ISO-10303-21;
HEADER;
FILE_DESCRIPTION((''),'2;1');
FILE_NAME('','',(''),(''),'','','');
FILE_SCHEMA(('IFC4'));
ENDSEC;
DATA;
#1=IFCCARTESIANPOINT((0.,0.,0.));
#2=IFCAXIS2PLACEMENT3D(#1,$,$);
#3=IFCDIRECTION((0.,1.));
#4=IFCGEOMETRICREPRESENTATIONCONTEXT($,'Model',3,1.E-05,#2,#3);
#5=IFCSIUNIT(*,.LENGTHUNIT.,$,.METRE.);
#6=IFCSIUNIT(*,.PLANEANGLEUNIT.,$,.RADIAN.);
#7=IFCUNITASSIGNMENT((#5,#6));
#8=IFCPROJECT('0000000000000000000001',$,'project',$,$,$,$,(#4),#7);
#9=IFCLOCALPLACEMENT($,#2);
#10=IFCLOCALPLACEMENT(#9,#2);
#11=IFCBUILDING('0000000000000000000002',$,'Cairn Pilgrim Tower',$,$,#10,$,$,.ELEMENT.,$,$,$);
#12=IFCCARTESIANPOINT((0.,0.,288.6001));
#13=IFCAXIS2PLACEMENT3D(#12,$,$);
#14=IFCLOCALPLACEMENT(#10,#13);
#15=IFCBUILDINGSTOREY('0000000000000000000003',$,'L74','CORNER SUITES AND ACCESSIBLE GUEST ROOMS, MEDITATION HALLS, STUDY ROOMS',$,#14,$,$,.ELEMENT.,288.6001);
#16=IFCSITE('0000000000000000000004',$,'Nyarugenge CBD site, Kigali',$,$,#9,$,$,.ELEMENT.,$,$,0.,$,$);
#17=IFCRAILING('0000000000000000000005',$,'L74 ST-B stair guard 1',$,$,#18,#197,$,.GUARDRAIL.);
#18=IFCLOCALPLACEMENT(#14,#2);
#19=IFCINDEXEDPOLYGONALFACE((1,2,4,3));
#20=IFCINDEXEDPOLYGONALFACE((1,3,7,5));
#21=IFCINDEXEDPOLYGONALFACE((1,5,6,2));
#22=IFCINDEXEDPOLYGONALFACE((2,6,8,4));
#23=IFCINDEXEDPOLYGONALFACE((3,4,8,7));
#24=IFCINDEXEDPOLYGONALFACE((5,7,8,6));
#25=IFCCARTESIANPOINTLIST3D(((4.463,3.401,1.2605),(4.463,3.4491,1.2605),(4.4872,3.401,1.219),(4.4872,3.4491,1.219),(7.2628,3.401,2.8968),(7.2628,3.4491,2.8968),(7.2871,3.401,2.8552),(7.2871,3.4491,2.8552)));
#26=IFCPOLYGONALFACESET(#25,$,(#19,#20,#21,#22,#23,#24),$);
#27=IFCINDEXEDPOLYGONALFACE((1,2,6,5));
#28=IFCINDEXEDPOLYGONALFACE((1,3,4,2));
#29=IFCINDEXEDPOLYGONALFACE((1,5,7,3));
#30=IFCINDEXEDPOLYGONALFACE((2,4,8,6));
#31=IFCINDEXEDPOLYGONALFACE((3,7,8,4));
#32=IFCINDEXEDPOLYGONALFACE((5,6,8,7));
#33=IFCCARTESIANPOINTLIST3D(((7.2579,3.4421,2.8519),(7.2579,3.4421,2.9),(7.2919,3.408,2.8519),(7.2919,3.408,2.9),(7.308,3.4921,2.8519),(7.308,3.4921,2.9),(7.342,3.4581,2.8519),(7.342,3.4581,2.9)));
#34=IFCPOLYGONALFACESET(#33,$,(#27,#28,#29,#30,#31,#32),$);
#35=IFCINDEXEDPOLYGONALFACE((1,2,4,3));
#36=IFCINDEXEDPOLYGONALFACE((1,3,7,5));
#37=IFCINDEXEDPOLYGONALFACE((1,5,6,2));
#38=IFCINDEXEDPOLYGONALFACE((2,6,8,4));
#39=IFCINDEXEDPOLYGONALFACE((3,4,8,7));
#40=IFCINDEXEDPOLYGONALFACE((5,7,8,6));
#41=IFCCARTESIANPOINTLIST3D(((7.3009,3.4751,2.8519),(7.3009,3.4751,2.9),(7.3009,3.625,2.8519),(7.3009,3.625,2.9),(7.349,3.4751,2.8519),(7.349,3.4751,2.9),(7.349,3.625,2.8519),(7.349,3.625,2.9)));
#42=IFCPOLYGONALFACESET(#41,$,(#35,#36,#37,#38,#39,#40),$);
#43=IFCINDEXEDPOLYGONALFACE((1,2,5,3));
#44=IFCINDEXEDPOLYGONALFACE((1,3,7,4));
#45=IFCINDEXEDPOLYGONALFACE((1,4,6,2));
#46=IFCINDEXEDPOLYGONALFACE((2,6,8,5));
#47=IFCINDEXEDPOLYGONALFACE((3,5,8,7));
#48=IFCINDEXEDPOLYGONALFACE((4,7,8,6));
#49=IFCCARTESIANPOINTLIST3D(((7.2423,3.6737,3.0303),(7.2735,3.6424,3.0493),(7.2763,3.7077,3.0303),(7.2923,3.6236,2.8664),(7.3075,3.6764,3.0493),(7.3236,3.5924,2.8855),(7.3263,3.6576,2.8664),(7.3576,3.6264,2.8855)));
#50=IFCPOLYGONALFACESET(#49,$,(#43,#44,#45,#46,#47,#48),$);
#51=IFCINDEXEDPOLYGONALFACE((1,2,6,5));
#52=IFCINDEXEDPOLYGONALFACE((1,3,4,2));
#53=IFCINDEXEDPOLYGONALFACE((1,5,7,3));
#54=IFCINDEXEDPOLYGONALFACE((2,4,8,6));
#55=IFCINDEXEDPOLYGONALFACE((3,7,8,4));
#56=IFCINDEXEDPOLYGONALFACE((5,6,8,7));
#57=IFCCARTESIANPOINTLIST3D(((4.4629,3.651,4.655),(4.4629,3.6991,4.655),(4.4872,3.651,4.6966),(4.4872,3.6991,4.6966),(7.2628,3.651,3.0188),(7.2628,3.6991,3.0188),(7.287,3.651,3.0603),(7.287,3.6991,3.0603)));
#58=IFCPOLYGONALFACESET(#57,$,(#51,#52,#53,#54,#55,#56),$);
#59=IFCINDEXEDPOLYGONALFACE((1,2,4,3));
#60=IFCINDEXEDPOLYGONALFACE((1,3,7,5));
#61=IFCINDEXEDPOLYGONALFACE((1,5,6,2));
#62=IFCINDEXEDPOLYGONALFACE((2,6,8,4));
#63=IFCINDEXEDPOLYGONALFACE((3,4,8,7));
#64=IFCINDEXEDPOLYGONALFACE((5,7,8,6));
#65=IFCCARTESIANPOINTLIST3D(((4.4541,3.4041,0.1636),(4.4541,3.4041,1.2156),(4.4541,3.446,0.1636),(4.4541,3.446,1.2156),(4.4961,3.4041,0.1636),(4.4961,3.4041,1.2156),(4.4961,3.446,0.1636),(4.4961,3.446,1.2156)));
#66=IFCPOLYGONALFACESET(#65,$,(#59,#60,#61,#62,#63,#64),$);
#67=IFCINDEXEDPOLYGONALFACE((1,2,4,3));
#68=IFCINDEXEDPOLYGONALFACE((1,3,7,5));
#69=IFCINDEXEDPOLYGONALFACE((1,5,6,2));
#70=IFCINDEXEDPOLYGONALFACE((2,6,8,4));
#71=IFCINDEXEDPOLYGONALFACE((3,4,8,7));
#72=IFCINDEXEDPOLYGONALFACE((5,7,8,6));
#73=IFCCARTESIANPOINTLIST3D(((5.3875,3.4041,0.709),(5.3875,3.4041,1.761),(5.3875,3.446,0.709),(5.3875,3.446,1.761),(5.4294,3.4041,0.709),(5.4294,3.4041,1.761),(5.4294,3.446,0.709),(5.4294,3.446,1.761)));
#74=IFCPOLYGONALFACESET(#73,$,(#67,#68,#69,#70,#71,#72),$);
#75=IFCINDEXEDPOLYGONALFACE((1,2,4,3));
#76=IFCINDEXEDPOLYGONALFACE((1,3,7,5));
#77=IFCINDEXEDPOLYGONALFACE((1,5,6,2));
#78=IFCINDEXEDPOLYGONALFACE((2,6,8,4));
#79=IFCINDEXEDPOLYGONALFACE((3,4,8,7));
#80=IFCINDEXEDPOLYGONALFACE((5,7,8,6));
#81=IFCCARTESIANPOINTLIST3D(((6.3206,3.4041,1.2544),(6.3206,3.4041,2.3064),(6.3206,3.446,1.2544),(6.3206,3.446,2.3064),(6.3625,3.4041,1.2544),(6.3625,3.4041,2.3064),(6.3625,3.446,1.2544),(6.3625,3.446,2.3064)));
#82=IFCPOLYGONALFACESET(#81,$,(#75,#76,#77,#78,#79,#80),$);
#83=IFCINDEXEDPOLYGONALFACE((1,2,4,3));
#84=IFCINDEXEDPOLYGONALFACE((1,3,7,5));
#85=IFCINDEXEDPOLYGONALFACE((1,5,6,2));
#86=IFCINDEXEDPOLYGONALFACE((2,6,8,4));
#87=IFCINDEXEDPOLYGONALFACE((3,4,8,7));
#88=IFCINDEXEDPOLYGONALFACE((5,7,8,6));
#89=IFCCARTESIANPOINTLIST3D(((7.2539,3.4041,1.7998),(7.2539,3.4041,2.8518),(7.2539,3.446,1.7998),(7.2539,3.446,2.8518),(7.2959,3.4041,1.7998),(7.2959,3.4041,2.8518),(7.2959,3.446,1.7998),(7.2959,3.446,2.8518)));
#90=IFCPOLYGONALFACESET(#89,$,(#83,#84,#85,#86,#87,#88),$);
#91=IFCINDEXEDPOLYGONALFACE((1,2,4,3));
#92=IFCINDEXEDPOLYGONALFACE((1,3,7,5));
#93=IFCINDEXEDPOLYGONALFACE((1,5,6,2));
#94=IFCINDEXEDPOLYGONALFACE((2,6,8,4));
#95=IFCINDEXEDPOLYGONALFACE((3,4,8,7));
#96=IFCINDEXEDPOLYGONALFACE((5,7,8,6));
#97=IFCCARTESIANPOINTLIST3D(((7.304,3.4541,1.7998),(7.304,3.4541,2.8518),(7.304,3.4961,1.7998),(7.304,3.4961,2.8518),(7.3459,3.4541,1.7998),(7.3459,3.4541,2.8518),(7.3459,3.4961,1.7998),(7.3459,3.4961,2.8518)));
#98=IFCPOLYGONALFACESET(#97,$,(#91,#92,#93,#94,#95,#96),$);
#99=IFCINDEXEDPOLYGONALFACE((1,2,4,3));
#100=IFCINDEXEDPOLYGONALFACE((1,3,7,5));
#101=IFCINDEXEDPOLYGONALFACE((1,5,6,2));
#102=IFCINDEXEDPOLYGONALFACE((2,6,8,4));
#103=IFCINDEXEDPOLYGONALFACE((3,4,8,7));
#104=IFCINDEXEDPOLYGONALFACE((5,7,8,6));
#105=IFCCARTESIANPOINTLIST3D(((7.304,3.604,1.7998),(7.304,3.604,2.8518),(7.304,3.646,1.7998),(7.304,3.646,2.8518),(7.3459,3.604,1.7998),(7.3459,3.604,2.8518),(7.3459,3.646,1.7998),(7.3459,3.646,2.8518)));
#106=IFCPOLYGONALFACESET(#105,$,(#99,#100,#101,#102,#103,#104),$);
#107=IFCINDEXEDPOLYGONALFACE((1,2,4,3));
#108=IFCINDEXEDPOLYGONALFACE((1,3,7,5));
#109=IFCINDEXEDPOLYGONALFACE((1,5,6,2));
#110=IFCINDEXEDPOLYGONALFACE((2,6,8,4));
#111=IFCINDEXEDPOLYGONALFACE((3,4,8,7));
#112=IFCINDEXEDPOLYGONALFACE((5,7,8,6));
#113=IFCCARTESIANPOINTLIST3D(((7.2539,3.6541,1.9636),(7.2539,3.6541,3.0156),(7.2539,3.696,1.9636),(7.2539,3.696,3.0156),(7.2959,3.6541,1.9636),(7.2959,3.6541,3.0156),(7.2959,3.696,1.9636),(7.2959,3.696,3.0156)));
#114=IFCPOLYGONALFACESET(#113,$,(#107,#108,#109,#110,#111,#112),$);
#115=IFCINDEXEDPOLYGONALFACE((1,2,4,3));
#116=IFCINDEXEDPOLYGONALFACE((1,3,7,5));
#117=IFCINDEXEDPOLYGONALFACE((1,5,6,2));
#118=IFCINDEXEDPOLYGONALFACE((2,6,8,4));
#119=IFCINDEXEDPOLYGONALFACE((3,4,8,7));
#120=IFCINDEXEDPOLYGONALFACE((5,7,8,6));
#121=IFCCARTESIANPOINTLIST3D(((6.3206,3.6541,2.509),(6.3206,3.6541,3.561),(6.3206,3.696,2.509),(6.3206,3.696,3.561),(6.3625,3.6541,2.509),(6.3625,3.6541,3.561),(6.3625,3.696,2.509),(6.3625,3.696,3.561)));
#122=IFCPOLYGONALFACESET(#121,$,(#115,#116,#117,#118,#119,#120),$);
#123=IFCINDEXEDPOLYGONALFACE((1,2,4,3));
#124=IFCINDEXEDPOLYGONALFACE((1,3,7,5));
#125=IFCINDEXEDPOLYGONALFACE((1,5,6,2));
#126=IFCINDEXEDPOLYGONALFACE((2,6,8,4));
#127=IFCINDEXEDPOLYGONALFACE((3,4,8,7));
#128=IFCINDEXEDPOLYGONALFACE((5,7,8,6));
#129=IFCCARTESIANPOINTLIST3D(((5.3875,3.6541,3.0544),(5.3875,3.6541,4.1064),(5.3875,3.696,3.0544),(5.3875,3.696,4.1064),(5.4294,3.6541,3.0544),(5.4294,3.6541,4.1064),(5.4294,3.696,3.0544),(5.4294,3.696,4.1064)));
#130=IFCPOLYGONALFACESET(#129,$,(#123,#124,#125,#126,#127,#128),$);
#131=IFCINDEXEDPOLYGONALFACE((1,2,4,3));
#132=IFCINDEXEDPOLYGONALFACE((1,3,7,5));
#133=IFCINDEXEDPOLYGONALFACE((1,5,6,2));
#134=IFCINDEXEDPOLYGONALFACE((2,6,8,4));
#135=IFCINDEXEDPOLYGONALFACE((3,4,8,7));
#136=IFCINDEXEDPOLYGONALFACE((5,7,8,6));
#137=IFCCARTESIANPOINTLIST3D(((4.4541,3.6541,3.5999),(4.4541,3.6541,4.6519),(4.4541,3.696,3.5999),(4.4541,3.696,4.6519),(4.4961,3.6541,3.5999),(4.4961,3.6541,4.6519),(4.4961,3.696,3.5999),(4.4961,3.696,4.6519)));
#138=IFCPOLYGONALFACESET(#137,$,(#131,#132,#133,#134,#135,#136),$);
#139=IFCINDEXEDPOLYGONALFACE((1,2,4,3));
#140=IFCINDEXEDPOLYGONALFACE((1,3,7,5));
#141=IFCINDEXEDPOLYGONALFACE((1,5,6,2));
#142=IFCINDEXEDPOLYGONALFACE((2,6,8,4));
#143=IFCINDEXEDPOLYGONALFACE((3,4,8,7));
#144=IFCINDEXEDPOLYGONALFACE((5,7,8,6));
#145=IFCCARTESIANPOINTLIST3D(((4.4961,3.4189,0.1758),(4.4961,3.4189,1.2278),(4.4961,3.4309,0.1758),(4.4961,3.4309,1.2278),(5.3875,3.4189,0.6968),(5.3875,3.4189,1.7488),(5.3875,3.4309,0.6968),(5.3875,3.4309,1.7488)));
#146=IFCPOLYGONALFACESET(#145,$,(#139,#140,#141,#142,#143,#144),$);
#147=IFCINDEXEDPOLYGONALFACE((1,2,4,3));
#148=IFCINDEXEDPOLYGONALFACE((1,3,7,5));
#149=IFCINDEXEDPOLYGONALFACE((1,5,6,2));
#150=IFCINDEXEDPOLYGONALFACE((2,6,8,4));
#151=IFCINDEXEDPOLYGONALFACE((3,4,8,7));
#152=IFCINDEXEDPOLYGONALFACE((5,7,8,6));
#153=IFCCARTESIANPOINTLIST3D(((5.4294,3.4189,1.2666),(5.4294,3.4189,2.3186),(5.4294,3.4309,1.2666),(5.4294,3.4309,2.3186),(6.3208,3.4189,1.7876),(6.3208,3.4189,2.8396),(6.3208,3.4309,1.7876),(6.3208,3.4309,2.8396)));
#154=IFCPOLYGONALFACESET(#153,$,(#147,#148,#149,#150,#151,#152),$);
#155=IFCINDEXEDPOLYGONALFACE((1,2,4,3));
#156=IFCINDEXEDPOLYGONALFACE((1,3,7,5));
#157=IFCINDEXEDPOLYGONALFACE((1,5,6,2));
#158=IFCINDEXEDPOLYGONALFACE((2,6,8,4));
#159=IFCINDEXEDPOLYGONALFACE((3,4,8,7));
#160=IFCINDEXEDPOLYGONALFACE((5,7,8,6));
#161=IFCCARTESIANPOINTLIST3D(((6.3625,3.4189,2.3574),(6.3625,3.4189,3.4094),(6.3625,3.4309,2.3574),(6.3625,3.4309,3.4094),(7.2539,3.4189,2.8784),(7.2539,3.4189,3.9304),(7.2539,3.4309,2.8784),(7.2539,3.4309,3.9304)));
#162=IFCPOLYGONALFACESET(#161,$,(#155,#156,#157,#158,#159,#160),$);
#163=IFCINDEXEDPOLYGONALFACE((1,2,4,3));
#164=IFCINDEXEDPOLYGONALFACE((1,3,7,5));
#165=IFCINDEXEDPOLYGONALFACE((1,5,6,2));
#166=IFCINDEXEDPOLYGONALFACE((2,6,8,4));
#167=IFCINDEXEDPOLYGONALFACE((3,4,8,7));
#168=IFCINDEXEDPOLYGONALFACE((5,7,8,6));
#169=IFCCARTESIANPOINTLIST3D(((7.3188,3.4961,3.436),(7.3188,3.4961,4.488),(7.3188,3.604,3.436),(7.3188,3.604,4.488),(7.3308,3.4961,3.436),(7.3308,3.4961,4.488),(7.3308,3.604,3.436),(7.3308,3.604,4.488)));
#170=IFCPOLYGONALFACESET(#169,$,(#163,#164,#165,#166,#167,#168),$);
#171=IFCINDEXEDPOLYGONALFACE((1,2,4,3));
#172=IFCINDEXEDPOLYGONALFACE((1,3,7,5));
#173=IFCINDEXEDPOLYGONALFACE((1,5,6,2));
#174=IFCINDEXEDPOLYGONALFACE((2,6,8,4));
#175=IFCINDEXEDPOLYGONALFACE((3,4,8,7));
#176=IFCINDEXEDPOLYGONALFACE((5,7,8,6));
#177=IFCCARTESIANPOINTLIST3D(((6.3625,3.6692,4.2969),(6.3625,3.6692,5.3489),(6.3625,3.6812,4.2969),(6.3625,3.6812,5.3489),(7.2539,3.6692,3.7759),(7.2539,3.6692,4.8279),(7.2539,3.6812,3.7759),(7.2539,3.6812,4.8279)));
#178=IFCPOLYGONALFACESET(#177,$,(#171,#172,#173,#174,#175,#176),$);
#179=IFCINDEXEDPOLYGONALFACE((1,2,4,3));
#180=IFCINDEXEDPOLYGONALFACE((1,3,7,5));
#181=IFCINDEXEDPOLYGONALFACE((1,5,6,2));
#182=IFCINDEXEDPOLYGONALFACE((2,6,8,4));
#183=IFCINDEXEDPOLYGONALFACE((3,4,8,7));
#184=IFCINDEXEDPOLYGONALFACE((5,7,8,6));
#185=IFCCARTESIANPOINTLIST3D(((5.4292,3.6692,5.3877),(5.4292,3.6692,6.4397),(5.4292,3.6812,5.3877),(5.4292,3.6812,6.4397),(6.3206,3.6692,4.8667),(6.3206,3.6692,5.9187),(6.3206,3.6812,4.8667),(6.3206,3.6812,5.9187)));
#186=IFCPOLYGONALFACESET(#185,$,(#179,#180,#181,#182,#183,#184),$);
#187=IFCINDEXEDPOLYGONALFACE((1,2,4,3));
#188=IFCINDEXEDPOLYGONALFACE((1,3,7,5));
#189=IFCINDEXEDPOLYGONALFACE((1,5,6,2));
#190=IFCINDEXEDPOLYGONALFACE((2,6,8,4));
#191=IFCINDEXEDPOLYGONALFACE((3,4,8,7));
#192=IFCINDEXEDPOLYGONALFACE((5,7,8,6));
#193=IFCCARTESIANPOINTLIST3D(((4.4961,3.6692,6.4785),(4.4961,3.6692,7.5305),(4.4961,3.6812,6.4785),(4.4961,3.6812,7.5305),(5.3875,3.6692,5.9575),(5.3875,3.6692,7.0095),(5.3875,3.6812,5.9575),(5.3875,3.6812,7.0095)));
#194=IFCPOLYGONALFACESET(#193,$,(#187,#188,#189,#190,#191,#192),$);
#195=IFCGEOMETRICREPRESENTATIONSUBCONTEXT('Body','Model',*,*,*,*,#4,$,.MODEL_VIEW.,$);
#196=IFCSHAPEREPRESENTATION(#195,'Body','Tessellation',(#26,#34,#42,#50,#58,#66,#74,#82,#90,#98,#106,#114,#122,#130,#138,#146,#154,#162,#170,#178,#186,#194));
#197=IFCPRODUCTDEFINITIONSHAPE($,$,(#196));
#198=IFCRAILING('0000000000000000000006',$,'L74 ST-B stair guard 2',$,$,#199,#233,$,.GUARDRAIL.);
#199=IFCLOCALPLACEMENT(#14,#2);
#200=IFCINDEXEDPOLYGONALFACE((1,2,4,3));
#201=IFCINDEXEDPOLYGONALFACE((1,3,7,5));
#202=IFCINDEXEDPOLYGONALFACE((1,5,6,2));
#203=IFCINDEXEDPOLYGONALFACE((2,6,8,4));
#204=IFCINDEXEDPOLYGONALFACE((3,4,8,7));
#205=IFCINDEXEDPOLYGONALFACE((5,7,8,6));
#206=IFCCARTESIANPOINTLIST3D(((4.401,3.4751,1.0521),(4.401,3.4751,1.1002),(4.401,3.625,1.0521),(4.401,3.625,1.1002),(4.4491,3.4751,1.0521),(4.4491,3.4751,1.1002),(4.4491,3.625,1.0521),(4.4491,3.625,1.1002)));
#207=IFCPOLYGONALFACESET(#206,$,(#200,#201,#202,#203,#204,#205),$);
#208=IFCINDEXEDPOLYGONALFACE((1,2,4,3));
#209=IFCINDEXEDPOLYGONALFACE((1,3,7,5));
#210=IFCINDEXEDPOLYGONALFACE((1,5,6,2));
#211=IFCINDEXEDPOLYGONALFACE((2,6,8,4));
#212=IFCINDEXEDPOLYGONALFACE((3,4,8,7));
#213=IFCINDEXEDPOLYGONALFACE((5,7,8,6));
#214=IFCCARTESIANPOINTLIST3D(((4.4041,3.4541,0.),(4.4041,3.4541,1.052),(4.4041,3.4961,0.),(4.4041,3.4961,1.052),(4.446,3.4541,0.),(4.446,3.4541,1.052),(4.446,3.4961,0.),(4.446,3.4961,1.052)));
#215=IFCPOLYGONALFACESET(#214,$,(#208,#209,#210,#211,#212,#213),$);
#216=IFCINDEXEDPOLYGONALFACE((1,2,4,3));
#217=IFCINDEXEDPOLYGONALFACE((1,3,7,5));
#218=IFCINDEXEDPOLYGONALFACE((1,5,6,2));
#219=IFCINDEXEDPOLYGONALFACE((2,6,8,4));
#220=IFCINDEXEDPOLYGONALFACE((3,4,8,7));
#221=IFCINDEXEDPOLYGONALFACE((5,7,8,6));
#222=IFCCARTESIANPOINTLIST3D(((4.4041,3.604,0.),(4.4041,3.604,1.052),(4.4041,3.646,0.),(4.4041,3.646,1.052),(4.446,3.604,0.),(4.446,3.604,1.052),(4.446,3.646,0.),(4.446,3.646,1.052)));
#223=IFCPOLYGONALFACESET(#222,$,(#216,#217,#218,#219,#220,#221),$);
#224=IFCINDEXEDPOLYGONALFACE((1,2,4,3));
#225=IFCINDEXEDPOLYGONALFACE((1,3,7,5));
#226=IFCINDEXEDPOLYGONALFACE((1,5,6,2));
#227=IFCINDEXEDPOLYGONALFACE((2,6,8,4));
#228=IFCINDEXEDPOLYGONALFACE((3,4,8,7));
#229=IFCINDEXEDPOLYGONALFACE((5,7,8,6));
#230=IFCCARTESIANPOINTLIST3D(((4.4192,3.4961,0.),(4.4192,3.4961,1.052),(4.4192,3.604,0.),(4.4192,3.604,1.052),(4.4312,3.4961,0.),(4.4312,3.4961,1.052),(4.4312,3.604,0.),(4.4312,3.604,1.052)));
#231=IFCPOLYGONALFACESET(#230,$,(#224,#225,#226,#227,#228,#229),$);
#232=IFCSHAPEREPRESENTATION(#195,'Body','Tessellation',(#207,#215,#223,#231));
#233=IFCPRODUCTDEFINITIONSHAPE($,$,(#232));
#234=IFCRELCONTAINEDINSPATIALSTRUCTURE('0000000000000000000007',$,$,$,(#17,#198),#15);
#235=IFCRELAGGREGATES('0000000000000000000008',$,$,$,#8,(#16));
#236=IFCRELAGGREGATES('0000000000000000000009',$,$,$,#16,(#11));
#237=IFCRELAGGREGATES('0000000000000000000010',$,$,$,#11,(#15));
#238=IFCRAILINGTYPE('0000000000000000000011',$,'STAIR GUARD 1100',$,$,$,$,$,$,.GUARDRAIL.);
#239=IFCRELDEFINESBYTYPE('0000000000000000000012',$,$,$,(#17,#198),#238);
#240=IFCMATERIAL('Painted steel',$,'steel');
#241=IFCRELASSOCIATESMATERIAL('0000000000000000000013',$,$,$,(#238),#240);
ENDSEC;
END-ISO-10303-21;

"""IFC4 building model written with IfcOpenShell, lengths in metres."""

from ifc_helpers import new_model, si_unit, direction, frame, origin, origin_2d, place, context, subcontext, project, spatial, polyline, rectangle, outline, extrude, material, type_object, element, save


model = new_model("IFC4")

# Units and contexts
model_context = context("Model", 3, precision=1e-05, world=origin(), true_north=direction((0.0, 1.0)))
body_context = subcontext(model_context, "Body", "Model", "MODEL_VIEW")
ifc_project = project(units=[si_unit("LENGTHUNIT", "METRE"), si_unit("PLANEANGLEUNIT", "RADIAN")], contexts=[model_context])

# Site, building, storey
site_placement = place(None, origin())
site = spatial("IfcSite", under=ifc_project, at=site_placement, Name="Nyarugenge CBD site, Kigali", CompositionType="ELEMENT", RefElevation=0.0)
building_placement = place(site_placement, origin())
building = spatial("IfcBuilding", under=site, at=building_placement, Name="Cairn Pilgrim Tower", CompositionType="ELEMENT")
storey_placement = place(building_placement, frame((0.0, 0.0, 288.6001)))
storey = spatial("IfcBuildingStorey", under=building, at=storey_placement, Name="L74", Description="CORNER SUITES AND ACCESSIBLE GUEST ROOMS, MEDITATION HALLS, STUDY ROOMS", CompositionType="ELEMENT", Elevation=288.6001)

# Shared definitions
ifc_material_1 = material(Name="Painted steel", Category="steel")

# Railings
railing_type_1 = type_object("IfcRailingType", Name="STAIR GUARD 1100", PredefinedType="GUARDRAIL", material=ifc_material_1)
railing_1_placement = place(storey_placement, frame((4.4751, 3.425, 0.1636)))
element("IfcRailing", 1, at=railing_1_placement, inside=storey, type_object=railing_type_1, Name="L74 ST-B stair guard 1", PredefinedType="GUARDRAIL", context=body_context, shape_type="SweptSolid", body=[
    extrude(rectangle(XDim=0.0481, YDim=0.0481, at=origin_2d()), frame((0.0, 0.0, 1.0762), z_axis=(0.863374, 0.0, 0.504564), x_axis=(0.0, 1.0, 0.0)), (0.0, 0.0, 1.0), 3.2429),
    extrude(rectangle(XDim=0.0481, YDim=0.0481, at=origin_2d()), frame((2.7998, 0.0, 2.7124), z_axis=(0.707107, 0.707107, 0.0), x_axis=(-0.707107, 0.707107, 0.0)), (0.0, 0.0, 1.0), 0.0708),
    extrude(rectangle(XDim=0.0481, YDim=0.0481, at=origin_2d()), frame((2.8499, 0.05, 2.7124), z_axis=(0.0, 1.0, 0.0), x_axis=(-1.0, 0.0, 0.0)), (0.0, 0.0, 1.0), 0.1499),
    extrude(rectangle(XDim=0.0481, YDim=0.0481, at=origin_2d()), frame((2.8499, 0.2, 2.7124), z_axis=(-0.280456, 0.280456, 0.917981), x_axis=(-0.707107, -0.707107, 0.0)), (0.0, 0.0, 1.0), 0.1785),
    extrude(rectangle(XDim=0.0481, YDim=0.0481, at=origin_2d()), frame((2.7998, 0.25, 2.876), z_axis=(-0.863374, 0.0, 0.504564), x_axis=(0.0, -1.0, 0.0)), (0.0, 0.0, 1.0), 3.2429),
    extrude(rectangle(XDim=0.042, YDim=0.042, at=origin_2d()), origin(), (0.0, 0.0, 1.0), 1.052),
    extrude(rectangle(XDim=0.042, YDim=0.042, at=origin_2d()), frame((0.9333, 0.0, 0.5454)), (0.0, 0.0, 1.0), 1.052),
    extrude(rectangle(XDim=0.042, YDim=0.042, at=origin_2d()), frame((1.8665, 0.0, 1.0908)), (0.0, 0.0, 1.0), 1.052),
    extrude(rectangle(XDim=0.042, YDim=0.042, at=origin_2d()), frame((2.7998, 0.0, 1.6362)), (0.0, 0.0, 1.0), 1.052),
    extrude(rectangle(XDim=0.042, YDim=0.042, at=origin_2d()), frame((2.8499, 0.05, 1.6362)), (0.0, 0.0, 1.0), 1.052),
    extrude(rectangle(XDim=0.042, YDim=0.042, at=origin_2d()), frame((2.8499, 0.2, 1.6362)), (0.0, 0.0, 1.0), 1.052),
    extrude(rectangle(XDim=0.042, YDim=0.042, at=origin_2d()), frame((2.7998, 0.25, 1.8)), (0.0, 0.0, 1.0), 1.052),
    extrude(rectangle(XDim=0.042, YDim=0.042, at=origin_2d()), frame((1.8665, 0.25, 2.3455)), (0.0, 0.0, 1.0), 1.052),
    extrude(rectangle(XDim=0.042, YDim=0.042, at=origin_2d()), frame((0.9333, 0.25, 2.8909)), (0.0, 0.0, 1.0), 1.052),
    extrude(rectangle(XDim=0.042, YDim=0.042, at=origin_2d()), frame((0.0, 0.25, 3.4363)), (0.0, 0.0, 1.0), 1.052),
    extrude(outline(polyline([(0.021, 0.0122), (0.9124, 0.5332), (0.9124, 1.5852), (0.021, 1.0642), (0.021, 0.0122)])), frame((0.0, 0.0059, 0.0), z_axis=(0.0, -1.0, 0.0), x_axis=(1.0, 0.0, 0.0)), (0.0, 0.0, 1.0), 0.012),
    extrude(outline(polyline([(0.021, 0.5576), (0.9124, 1.0786), (0.9124, 2.1306), (0.021, 1.6096), (0.021, 0.5576)])), frame((0.9333, 0.0059, 0.5454), z_axis=(0.0, -1.0, 0.0), x_axis=(1.0, 0.0, 0.0)), (0.0, 0.0, 1.0), 0.012),
    extrude(outline(polyline([(0.021, 1.103), (0.9124, 1.624), (0.9124, 2.676), (0.021, 2.155), (0.021, 1.103)])), frame((1.8665, 0.0059, 1.0908), z_axis=(0.0, -1.0, 0.0), x_axis=(1.0, 0.0, 0.0)), (0.0, 0.0, 1.0), 0.012),
    extrude(outline(polyline([(0.021, 1.6362), (0.1289, 1.6362), (0.1289, 2.6882), (0.021, 2.6882), (0.021, 1.6362)])), frame((2.8438, 0.05, 1.6362), z_axis=(1.0, 0.0, 0.0), x_axis=(0.0, 1.0, 0.0)), (0.0, 0.0, 1.0), 0.012),
    extrude(outline(polyline([(0.021, 1.8123), (0.9124, 2.3333), (0.9124, 3.3853), (0.021, 2.8643), (0.021, 1.8123)])), frame((2.7998, 0.2441, 1.8), z_axis=(0.0, 1.0, 0.0), x_axis=(-1.0, 0.0, 0.0)), (0.0, 0.0, 1.0), 0.012),
    extrude(outline(polyline([(0.021, 2.3577), (0.9124, 2.8787), (0.9124, 3.9307), (0.021, 3.4097), (0.021, 2.3577)])), frame((1.8665, 0.2441, 2.3455), z_axis=(0.0, 1.0, 0.0), x_axis=(-1.0, 0.0, 0.0)), (0.0, 0.0, 1.0), 0.012),
    extrude(outline(polyline([(0.021, 2.9031), (0.9124, 3.4241), (0.9124, 4.4761), (0.021, 3.9551), (0.021, 2.9031)])), frame((0.9333, 0.2441, 2.8909), z_axis=(0.0, 1.0, 0.0), x_axis=(-1.0, 0.0, 0.0)), (0.0, 0.0, 1.0), 0.012),
])
railing_2_placement = place(storey_placement, frame((4.425, 3.4751, 0.0)))
element("IfcRailing", 2, at=railing_2_placement, inside=storey, type_object=railing_type_1, Name="L74 ST-B stair guard 2", PredefinedType="GUARDRAIL", context=body_context, shape_type="SweptSolid", body=[
    extrude(rectangle(XDim=0.0481, YDim=0.0481, at=origin_2d()), frame((0.0, 0.0, 1.0762), z_axis=(0.0, 1.0, 0.0), x_axis=(-1.0, 0.0, 0.0)), (0.0, 0.0, 1.0), 0.1499),
    extrude(rectangle(XDim=0.042, YDim=0.042, at=origin_2d()), origin(), (0.0, 0.0, 1.0), 1.052),
    extrude(rectangle(XDim=0.042, YDim=0.042, at=origin_2d()), frame((0.0, 0.1499, 0.0)), (0.0, 0.0, 1.0), 1.052),
    extrude(outline(polyline([(0.021, 0.0), (0.1289, 0.0), (0.1289, 1.052), (0.021, 1.052), (0.021, 0.0)])), frame((-0.0059, 0.0, 0.0), z_axis=(1.0, 0.0, 0.0), x_axis=(0.0, 1.0, 0.0)), (0.0, 0.0, 1.0), 0.012),
])

save(model, "model.ifc")
